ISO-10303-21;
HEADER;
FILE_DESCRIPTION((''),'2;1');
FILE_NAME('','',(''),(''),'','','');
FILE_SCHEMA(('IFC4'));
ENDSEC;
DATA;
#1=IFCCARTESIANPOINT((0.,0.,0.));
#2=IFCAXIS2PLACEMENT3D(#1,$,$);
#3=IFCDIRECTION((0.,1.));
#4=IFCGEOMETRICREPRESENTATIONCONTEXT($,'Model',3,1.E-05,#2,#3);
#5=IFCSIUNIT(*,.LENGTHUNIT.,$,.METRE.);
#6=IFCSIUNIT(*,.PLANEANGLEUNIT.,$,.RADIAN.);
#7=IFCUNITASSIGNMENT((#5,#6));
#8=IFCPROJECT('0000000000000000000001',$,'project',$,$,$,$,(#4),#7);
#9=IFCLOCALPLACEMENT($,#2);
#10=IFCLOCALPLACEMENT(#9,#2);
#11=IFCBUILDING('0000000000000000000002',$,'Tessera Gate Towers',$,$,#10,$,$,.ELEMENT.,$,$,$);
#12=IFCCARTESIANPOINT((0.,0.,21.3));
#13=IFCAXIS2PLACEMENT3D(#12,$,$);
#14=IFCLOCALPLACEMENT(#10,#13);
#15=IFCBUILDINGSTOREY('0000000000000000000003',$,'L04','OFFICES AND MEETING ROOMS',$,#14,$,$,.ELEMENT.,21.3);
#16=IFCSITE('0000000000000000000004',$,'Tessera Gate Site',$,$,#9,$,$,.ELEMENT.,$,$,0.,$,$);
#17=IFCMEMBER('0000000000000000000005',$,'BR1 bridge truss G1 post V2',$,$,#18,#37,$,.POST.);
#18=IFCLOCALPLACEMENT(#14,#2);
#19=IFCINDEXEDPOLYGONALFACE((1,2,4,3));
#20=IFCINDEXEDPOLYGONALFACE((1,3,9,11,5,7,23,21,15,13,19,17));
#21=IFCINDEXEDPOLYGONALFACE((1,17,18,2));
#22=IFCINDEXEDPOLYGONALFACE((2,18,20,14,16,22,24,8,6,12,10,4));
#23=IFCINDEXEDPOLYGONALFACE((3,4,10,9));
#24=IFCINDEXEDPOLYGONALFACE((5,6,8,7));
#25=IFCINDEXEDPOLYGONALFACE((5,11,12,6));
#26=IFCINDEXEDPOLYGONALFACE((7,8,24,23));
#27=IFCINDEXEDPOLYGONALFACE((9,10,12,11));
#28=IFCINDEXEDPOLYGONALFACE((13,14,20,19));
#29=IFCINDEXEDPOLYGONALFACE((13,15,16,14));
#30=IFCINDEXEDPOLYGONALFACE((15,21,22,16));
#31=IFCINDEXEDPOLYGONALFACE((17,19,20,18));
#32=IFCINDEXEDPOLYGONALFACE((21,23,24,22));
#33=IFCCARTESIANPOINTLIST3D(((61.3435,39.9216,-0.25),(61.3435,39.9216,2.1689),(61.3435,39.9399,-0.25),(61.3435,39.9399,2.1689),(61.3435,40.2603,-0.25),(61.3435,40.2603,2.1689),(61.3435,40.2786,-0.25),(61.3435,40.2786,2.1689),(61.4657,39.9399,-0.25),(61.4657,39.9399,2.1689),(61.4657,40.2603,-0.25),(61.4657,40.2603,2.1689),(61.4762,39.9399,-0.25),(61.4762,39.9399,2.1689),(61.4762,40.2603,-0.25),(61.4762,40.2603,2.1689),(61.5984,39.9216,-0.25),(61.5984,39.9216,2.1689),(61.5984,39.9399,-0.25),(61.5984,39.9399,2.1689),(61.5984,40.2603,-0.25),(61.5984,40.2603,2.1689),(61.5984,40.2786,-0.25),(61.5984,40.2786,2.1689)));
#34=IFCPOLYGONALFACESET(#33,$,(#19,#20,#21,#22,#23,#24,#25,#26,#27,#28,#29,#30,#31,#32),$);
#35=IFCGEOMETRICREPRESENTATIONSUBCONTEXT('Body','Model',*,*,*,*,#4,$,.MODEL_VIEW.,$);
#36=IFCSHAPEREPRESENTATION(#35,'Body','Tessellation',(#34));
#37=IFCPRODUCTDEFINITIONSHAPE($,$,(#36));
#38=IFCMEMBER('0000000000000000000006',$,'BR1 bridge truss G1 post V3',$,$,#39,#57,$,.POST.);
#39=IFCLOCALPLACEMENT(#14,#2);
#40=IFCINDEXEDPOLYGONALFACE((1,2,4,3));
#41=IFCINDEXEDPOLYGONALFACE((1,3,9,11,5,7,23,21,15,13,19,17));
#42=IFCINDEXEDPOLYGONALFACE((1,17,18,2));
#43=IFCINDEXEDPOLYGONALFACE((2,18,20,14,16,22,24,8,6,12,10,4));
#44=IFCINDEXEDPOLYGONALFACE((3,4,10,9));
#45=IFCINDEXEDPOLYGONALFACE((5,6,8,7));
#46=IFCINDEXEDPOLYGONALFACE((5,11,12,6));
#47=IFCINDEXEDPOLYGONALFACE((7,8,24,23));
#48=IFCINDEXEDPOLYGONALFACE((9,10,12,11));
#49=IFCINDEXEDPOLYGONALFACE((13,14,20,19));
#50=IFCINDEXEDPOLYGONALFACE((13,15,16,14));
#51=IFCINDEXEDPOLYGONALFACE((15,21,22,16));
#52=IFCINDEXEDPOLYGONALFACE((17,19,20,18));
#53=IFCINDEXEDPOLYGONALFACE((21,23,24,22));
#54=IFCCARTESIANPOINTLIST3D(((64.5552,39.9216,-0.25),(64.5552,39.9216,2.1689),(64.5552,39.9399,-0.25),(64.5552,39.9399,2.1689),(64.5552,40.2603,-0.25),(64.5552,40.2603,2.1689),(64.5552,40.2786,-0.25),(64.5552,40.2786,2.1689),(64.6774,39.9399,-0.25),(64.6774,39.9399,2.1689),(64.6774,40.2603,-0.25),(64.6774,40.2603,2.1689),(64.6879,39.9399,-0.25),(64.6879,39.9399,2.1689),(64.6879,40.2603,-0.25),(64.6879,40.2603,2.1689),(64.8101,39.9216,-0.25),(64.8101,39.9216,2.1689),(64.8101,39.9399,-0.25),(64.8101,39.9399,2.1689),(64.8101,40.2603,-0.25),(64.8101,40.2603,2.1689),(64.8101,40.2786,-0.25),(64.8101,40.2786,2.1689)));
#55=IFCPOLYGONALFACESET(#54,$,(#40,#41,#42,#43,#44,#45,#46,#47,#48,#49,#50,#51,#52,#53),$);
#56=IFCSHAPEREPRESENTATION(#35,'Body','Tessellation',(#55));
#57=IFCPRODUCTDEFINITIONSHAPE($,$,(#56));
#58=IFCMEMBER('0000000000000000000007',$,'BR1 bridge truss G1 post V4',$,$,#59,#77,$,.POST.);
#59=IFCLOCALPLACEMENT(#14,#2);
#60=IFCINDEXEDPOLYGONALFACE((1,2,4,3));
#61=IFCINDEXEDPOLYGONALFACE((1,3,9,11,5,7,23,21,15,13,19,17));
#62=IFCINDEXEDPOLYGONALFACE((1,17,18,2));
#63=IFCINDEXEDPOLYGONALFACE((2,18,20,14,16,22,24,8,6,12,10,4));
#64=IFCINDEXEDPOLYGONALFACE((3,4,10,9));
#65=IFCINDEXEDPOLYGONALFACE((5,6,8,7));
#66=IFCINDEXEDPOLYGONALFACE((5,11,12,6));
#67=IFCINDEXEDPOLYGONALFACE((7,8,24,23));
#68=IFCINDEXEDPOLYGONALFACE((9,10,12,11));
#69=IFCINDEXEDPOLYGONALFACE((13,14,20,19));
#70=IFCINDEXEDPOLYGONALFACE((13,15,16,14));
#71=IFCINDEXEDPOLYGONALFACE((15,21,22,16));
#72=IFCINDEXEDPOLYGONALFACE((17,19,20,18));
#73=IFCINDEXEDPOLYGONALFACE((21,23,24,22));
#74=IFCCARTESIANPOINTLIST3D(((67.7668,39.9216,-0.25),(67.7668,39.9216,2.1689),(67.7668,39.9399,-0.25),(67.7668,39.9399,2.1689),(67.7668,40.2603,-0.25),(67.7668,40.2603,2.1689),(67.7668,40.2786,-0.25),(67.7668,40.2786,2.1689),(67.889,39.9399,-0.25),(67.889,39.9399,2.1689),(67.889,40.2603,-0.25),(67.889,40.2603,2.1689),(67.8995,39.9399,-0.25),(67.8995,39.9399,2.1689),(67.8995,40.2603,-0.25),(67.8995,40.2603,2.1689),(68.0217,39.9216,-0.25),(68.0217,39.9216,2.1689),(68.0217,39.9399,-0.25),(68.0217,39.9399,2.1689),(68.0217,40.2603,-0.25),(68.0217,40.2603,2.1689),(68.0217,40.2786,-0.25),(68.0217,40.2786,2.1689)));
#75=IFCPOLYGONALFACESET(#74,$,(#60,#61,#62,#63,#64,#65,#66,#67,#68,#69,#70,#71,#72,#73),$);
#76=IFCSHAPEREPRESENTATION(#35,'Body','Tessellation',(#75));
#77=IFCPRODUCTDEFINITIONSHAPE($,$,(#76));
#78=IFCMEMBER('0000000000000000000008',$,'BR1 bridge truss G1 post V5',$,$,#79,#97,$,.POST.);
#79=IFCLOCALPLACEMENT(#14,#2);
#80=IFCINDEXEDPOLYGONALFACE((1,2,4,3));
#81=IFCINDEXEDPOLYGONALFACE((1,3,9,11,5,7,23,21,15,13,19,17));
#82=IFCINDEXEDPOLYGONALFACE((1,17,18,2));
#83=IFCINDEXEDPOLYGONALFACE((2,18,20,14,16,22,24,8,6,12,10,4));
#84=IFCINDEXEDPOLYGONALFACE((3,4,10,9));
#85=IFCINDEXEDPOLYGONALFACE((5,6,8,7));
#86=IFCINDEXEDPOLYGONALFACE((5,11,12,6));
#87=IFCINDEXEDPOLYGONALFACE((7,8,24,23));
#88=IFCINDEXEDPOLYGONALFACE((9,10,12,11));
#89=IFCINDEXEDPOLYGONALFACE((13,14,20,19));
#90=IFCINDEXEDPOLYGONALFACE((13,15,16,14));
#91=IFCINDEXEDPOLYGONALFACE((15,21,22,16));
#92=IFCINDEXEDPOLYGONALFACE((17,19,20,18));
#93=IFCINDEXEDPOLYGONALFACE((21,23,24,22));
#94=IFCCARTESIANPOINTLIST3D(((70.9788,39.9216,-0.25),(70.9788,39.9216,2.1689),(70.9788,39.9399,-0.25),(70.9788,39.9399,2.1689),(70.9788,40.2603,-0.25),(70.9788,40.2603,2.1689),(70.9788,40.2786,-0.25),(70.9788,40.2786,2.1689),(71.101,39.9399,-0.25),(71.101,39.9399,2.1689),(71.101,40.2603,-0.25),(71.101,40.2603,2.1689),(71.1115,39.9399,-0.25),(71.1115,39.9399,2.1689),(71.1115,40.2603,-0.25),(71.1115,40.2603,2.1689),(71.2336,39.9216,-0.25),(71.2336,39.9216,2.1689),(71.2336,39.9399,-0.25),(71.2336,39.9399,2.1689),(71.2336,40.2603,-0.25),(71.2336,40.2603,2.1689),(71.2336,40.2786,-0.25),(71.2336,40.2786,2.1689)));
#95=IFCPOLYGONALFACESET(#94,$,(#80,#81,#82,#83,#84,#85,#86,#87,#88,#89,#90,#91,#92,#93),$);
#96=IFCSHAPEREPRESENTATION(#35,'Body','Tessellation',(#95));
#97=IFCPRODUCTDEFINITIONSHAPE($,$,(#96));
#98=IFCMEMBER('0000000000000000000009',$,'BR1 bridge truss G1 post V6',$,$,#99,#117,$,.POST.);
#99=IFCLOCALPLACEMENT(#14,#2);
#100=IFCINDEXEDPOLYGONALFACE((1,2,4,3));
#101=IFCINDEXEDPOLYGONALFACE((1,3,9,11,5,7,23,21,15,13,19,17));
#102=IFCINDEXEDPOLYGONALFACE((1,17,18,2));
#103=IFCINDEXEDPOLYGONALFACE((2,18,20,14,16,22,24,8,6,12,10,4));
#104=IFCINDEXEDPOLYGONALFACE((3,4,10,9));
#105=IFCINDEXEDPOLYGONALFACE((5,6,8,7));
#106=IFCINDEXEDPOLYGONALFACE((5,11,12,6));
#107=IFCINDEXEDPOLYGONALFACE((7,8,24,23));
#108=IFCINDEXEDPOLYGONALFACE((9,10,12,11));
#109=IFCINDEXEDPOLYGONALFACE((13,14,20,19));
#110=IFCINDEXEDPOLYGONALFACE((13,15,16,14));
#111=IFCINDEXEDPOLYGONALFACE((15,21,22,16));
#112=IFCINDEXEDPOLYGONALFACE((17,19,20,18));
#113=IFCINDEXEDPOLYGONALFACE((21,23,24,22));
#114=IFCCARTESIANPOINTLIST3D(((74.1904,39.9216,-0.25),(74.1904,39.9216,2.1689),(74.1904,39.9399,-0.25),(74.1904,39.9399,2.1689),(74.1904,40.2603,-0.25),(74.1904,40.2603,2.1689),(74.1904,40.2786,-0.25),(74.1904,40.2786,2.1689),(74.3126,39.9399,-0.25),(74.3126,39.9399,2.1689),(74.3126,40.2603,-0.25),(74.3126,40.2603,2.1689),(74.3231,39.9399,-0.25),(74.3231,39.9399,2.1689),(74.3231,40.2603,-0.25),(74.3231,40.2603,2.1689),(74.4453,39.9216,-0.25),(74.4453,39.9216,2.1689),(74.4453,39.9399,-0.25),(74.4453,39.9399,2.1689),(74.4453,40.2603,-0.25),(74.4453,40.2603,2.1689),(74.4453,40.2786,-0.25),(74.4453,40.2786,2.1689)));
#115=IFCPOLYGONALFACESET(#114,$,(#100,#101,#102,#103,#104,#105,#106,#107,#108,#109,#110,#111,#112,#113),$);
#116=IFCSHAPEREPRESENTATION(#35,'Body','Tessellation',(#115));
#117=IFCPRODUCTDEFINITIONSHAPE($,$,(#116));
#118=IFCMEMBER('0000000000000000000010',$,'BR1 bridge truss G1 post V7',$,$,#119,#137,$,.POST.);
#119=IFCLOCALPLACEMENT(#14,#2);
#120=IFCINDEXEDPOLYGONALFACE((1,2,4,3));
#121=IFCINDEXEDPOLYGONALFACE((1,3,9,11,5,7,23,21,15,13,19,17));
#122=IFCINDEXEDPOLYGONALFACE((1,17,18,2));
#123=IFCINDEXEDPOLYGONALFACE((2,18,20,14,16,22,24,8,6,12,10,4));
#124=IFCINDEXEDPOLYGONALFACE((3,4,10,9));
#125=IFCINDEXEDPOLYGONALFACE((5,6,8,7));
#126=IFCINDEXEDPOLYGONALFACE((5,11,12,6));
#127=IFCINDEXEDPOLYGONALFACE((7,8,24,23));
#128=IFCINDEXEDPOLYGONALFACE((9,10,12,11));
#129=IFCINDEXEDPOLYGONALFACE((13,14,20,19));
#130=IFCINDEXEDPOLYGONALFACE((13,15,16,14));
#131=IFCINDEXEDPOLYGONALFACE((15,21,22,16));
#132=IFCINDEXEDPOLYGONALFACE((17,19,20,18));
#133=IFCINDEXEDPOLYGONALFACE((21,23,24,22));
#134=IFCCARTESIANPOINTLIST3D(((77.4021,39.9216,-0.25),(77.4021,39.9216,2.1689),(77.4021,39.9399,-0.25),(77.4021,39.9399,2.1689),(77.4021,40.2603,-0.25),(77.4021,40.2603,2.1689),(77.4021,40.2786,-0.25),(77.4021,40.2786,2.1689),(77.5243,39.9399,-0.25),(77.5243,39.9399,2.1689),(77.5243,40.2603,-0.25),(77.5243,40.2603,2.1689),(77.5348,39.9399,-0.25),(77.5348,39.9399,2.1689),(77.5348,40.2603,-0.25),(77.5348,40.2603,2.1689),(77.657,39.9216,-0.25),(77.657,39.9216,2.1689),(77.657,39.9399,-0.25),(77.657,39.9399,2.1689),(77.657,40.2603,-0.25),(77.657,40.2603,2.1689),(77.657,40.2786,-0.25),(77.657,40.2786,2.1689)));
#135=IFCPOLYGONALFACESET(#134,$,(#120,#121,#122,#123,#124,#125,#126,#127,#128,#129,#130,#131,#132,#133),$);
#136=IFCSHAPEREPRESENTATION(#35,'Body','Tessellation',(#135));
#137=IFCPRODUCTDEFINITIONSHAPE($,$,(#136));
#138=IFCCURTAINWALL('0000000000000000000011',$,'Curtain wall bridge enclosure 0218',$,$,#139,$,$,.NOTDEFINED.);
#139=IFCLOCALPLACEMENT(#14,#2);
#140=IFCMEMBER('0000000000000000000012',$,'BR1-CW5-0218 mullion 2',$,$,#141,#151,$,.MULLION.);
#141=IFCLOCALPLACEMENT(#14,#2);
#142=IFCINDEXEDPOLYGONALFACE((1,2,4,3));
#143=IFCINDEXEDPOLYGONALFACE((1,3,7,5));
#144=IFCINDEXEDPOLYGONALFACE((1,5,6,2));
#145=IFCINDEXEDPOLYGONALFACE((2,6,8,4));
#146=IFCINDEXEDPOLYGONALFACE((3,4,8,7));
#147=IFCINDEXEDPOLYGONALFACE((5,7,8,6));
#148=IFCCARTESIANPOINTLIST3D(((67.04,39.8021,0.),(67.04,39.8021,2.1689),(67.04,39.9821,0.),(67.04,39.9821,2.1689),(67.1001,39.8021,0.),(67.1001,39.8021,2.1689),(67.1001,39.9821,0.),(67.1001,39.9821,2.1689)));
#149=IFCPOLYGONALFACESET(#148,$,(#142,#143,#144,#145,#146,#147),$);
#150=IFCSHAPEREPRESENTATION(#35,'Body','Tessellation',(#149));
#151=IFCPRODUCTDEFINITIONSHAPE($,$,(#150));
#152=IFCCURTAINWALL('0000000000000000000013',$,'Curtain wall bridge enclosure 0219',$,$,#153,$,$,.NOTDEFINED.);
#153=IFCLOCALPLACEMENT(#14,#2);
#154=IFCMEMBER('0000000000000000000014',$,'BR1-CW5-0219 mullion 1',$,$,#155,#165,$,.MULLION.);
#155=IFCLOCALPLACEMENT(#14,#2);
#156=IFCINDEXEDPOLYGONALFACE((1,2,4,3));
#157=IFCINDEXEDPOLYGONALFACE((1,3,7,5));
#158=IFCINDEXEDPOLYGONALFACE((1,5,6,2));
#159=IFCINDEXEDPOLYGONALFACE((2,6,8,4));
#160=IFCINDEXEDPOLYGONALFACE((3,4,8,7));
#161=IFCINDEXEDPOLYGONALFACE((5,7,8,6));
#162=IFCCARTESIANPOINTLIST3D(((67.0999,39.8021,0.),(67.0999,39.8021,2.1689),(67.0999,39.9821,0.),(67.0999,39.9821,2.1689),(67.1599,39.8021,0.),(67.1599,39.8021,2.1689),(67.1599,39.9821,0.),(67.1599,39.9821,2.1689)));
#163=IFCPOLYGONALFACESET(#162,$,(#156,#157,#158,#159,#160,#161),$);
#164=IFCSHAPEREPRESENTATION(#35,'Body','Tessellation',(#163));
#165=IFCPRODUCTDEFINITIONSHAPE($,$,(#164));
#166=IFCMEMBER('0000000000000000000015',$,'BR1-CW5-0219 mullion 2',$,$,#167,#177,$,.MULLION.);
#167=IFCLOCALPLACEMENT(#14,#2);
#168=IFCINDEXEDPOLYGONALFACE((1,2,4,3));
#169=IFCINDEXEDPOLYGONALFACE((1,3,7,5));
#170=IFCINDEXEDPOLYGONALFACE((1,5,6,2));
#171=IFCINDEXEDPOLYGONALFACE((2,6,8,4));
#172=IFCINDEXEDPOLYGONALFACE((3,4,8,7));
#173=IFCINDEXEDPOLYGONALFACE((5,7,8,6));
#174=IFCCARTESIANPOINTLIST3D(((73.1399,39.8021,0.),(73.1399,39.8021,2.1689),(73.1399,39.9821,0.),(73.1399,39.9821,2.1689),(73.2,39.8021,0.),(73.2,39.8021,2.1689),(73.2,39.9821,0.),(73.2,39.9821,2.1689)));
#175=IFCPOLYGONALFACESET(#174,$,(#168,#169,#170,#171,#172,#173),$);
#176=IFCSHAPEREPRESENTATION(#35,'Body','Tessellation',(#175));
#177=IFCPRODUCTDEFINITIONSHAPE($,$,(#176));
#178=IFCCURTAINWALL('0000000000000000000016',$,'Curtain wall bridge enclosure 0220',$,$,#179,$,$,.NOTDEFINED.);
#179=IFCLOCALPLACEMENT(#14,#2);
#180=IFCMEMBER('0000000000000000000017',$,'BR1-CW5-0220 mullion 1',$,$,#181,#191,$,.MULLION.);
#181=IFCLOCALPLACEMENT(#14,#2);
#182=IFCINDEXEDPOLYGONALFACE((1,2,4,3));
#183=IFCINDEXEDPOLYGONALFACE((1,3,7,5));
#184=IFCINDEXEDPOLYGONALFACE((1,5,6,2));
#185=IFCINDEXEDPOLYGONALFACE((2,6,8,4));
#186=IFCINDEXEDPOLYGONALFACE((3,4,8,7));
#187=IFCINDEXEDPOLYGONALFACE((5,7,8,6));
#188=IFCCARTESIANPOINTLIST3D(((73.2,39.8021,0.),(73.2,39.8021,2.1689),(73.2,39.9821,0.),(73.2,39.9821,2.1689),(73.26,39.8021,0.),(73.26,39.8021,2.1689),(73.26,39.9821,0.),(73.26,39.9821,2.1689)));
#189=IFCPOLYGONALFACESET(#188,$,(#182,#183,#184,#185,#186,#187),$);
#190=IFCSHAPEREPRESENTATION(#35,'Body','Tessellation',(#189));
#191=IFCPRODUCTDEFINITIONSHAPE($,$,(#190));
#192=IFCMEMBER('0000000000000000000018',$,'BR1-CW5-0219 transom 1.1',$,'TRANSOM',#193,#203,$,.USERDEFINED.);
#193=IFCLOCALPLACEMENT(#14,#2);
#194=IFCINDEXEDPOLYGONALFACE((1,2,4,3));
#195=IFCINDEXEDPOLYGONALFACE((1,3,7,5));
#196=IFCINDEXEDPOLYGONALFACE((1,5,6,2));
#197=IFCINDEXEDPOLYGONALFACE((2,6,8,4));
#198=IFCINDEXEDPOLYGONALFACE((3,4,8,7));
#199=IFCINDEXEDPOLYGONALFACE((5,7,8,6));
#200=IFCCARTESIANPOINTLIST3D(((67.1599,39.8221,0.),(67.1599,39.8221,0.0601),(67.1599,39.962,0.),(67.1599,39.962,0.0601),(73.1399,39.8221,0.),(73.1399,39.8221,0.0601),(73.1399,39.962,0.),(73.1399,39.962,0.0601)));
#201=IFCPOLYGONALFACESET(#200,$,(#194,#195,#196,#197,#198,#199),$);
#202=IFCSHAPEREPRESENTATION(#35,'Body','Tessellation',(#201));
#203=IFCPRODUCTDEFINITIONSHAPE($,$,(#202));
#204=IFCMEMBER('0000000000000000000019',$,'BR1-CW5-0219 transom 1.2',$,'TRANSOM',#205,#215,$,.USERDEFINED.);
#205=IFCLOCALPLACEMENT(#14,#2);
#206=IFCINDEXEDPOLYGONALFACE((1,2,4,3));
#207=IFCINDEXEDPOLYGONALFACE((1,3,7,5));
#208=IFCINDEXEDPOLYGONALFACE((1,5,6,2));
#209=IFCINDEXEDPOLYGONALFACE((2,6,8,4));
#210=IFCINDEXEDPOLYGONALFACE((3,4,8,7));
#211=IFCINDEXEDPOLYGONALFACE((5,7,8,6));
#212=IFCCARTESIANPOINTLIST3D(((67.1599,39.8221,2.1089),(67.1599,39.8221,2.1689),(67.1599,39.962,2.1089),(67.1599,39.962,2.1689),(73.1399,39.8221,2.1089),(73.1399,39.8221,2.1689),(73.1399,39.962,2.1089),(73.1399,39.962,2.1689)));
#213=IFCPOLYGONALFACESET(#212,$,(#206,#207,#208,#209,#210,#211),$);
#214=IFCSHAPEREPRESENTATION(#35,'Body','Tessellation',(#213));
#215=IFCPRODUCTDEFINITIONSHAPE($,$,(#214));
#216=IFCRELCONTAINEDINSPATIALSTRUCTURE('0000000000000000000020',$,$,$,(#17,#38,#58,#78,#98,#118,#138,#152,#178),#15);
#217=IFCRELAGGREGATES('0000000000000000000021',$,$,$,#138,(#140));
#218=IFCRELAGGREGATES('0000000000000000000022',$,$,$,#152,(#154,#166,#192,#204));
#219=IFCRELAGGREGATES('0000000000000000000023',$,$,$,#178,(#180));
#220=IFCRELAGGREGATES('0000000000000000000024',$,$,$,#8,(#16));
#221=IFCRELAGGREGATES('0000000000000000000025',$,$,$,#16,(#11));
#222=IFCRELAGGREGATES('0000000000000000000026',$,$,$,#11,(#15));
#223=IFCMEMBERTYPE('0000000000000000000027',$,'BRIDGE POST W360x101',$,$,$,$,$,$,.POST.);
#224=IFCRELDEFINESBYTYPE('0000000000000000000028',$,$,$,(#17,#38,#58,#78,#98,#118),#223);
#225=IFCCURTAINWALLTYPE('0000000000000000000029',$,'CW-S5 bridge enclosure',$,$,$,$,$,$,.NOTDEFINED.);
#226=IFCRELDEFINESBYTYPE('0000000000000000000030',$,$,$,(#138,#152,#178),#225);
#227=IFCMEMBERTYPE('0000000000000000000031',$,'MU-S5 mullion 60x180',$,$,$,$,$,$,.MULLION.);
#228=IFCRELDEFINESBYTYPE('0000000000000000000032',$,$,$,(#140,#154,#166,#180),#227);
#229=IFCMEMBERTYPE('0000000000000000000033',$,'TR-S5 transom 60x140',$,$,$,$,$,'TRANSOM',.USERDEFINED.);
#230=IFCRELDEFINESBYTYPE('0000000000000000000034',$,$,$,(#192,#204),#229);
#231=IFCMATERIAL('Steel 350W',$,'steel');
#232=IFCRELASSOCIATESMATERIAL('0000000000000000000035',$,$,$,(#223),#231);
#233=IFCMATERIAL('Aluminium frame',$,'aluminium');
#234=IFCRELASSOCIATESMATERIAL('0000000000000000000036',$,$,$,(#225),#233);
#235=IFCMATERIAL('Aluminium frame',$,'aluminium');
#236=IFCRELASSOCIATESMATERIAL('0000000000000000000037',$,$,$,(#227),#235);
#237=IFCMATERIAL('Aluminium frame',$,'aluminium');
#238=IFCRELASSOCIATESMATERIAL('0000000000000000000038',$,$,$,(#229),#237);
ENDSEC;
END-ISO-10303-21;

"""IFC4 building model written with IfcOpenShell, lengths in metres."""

from ifc_helpers import new_model, si_unit, direction, frame, origin, origin_2d, place, context, subcontext, project, spatial, rectangle, i_section, extrude, material, material_profile, profile_set, type_object, element, aggregate, save


model = new_model("IFC4")

# Units and contexts
model_context = context("Model", 3, precision=1e-05, world=origin(), true_north=direction((0.0, 1.0)))
body_context = subcontext(model_context, "Body", "Model", "MODEL_VIEW")
ifc_project = project(units=[si_unit("LENGTHUNIT", "METRE"), si_unit("PLANEANGLEUNIT", "RADIAN")], contexts=[model_context])

# Site, building, storey
site_placement = place(None, origin())
site = spatial("IfcSite", under=ifc_project, at=site_placement, Name="Tessera Gate Site", CompositionType="ELEMENT", RefElevation=0.0)
building_placement = place(site_placement, origin())
building = spatial("IfcBuilding", under=site, at=building_placement, Name="Tessera Gate Towers", CompositionType="ELEMENT")
storey_placement = place(building_placement, frame((0.0, 0.0, 21.3)))
storey = spatial("IfcBuildingStorey", under=building, at=storey_placement, Name="L04", Description="OFFICES AND MEETING ROOMS", CompositionType="ELEMENT", Elevation=21.3)

# Members
ifc_material_1 = material(Name="Steel 350W", Category="steel")
ifc_material_profile_1 = material_profile(ifc_material_1, i_section(OverallWidth=0.2549, OverallDepth=0.3569, WebThickness=0.0105, FlangeThickness=0.0183, at=origin_2d()), Name="W360x101")
ifc_profile_set_1 = profile_set([ifc_material_profile_1], Name="Steel 350W")
member_type_1 = type_object("IfcMemberType", Name="BRIDGE POST W360x101", PredefinedType="POST", material=ifc_profile_set_1)
for number, where, z_axis, x_axis, name in (
    (1, (61.4709, 40.1001, -0.25), (0.0, 0.0, 1.0), (1.0, 0.0, 0.0), "BR1 bridge truss G1 post V2"),
    (2, (64.6826, 40.1001, -0.25), (0.0, 0.0, 1.0), (1.0, 0.0, 0.0), "BR1 bridge truss G1 post V3"),
    (3, (67.8943, 40.1001, -0.25), (0.0, 0.0, 1.0), (1.0, 0.0, 0.0), "BR1 bridge truss G1 post V4"),
    (4, (71.1062, 40.1001, -0.25), (0.0, 0.0, 1.0), (1.0, 0.0, 0.0), "BR1 bridge truss G1 post V5"),
    (5, (74.3179, 40.1001, -0.25), (0.0, 0.0, 1.0), (1.0, 0.0, 0.0), "BR1 bridge truss G1 post V6"),
    (6, (77.5295, 40.1001, -0.25), (0.0, 0.0, 1.0), (1.0, 0.0, 0.0), "BR1 bridge truss G1 post V7"),
):
    element("IfcMember", number, at=place(storey_placement, frame(where, z_axis=z_axis, x_axis=x_axis)), inside=storey, type_object=member_type_1, Name=name, PredefinedType="POST", context=body_context, shape_type="SweptSolid", body=[
        extrude(i_section(OverallWidth=0.2549, OverallDepth=0.3569, WebThickness=0.0105, FlangeThickness=0.0183, at=origin_2d()), origin(), (0.0, 0.0, 1.0), 2.4189),
    ])

# Curtain wall, member
ifc_material_2 = material(Name="Aluminium frame", Category="aluminium")
curtain_wall_type = type_object("IfcCurtainWallType", Name="CW-S5 bridge enclosure", PredefinedType="NOTDEFINED", material=ifc_material_2)
curtain_wall_1_placement = place(storey_placement, origin())
curtain_wall_1 = element("IfcCurtainWall", 7, at=curtain_wall_1_placement, inside=storey, type_object=curtain_wall_type, Name="Curtain wall bridge enclosure 0218", PredefinedType="NOTDEFINED")
ifc_material_3 = material(Name="Aluminium frame", Category="aluminium")
ifc_material_profile_2 = material_profile(ifc_material_3, rectangle(XDim=0.0601, YDim=0.1799, at=origin_2d()), Name="AL 60x180")
ifc_profile_set_2 = profile_set([ifc_material_profile_2], Name="Aluminium frame")
member_type_2 = type_object("IfcMemberType", Name="MU-S5 mullion 60x180", PredefinedType="MULLION", material=ifc_profile_set_2)
member_1_placement = place(storey_placement, frame((67.0701, 39.8921, 0.0), z_axis=(0.0, 0.0, 1.0), x_axis=(1.0, 0.0, 0.0)))
member_1 = element("IfcMember", 8, at=member_1_placement, type_object=member_type_2, Name="BR1-CW5-0218 mullion 2", PredefinedType="MULLION", context=body_context, shape_type="SweptSolid", body=[
    extrude(rectangle(XDim=0.0601, YDim=0.1799, at=origin_2d()), origin(), (0.0, 0.0, 1.0), 2.1689),
])

# Curtain wall, members
curtain_wall_2_placement = place(storey_placement, origin())
curtain_wall_2 = element("IfcCurtainWall", 9, at=curtain_wall_2_placement, inside=storey, type_object=curtain_wall_type, Name="Curtain wall bridge enclosure 0219", PredefinedType="NOTDEFINED")
member_2_placement = place(storey_placement, frame((67.1299, 39.8921, 0.0), z_axis=(0.0, 0.0, 1.0), x_axis=(1.0, 0.0, 0.0)))
member_2 = element("IfcMember", 10, at=member_2_placement, type_object=member_type_2, Name="BR1-CW5-0219 mullion 1", PredefinedType="MULLION", context=body_context, shape_type="SweptSolid", body=[
    extrude(rectangle(XDim=0.0601, YDim=0.1799, at=origin_2d()), origin(), (0.0, 0.0, 1.0), 2.1689),
])
member_3_placement = place(storey_placement, frame((73.1699, 39.8921, 0.0), z_axis=(0.0, 0.0, 1.0), x_axis=(1.0, 0.0, 0.0)))
member_3 = element("IfcMember", 11, at=member_3_placement, type_object=member_type_2, Name="BR1-CW5-0219 mullion 2", PredefinedType="MULLION", context=body_context, shape_type="SweptSolid", body=[
    extrude(rectangle(XDim=0.0601, YDim=0.1799, at=origin_2d()), origin(), (0.0, 0.0, 1.0), 2.1689),
])

# Curtain wall, member
curtain_wall_3_placement = place(storey_placement, origin())
curtain_wall_3 = element("IfcCurtainWall", 12, at=curtain_wall_3_placement, inside=storey, type_object=curtain_wall_type, Name="Curtain wall bridge enclosure 0220", PredefinedType="NOTDEFINED")
member_4_placement = place(storey_placement, frame((73.23, 39.8921, 0.0), z_axis=(0.0, 0.0, 1.0), x_axis=(1.0, 0.0, 0.0)))
member_4 = element("IfcMember", 13, at=member_4_placement, type_object=member_type_2, Name="BR1-CW5-0220 mullion 1", PredefinedType="MULLION", context=body_context, shape_type="SweptSolid", body=[
    extrude(rectangle(XDim=0.0601, YDim=0.1799, at=origin_2d()), origin(), (0.0, 0.0, 1.0), 2.1689),
])

# Members
ifc_material_4 = material(Name="Aluminium frame", Category="aluminium")
ifc_material_profile_3 = material_profile(ifc_material_4, rectangle(XDim=0.1399, YDim=0.0601, at=origin_2d()), Name="AL 60x140")
ifc_profile_set_3 = profile_set([ifc_material_profile_3], Name="Aluminium frame")
member_type_3 = type_object("IfcMemberType", Name="TR-S5 transom 60x140", ElementType="TRANSOM", PredefinedType="USERDEFINED", material=ifc_profile_set_3)
member_5_placement = place(storey_placement, frame((67.1599, 39.8921, 0.03), z_axis=(1.0, 0.0, 0.0), x_axis=(0.0, 1.0, 0.0)))
member_5 = element("IfcMember", 14, at=member_5_placement, type_object=member_type_3, Name="BR1-CW5-0219 transom 1.1", ObjectType="TRANSOM", PredefinedType="USERDEFINED", context=body_context, shape_type="SweptSolid", body=[
    extrude(rectangle(XDim=0.1399, YDim=0.0601, at=origin_2d()), origin(), (0.0, 0.0, 1.0), 5.98),
])
member_6_placement = place(storey_placement, frame((67.1599, 39.8921, 2.1389), z_axis=(1.0, 0.0, 0.0), x_axis=(0.0, 1.0, 0.0)))
member_6 = element("IfcMember", 15, at=member_6_placement, type_object=member_type_3, Name="BR1-CW5-0219 transom 1.2", ObjectType="TRANSOM", PredefinedType="USERDEFINED", context=body_context, shape_type="SweptSolid", body=[
    extrude(rectangle(XDim=0.1399, YDim=0.0601, at=origin_2d()), origin(), (0.0, 0.0, 1.0), 5.98),
])

aggregate(curtain_wall_1, [member_1])
aggregate(curtain_wall_2, [member_2, member_3, member_5, member_6])
aggregate(curtain_wall_3, [member_4])

save(model, "model.ifc")
